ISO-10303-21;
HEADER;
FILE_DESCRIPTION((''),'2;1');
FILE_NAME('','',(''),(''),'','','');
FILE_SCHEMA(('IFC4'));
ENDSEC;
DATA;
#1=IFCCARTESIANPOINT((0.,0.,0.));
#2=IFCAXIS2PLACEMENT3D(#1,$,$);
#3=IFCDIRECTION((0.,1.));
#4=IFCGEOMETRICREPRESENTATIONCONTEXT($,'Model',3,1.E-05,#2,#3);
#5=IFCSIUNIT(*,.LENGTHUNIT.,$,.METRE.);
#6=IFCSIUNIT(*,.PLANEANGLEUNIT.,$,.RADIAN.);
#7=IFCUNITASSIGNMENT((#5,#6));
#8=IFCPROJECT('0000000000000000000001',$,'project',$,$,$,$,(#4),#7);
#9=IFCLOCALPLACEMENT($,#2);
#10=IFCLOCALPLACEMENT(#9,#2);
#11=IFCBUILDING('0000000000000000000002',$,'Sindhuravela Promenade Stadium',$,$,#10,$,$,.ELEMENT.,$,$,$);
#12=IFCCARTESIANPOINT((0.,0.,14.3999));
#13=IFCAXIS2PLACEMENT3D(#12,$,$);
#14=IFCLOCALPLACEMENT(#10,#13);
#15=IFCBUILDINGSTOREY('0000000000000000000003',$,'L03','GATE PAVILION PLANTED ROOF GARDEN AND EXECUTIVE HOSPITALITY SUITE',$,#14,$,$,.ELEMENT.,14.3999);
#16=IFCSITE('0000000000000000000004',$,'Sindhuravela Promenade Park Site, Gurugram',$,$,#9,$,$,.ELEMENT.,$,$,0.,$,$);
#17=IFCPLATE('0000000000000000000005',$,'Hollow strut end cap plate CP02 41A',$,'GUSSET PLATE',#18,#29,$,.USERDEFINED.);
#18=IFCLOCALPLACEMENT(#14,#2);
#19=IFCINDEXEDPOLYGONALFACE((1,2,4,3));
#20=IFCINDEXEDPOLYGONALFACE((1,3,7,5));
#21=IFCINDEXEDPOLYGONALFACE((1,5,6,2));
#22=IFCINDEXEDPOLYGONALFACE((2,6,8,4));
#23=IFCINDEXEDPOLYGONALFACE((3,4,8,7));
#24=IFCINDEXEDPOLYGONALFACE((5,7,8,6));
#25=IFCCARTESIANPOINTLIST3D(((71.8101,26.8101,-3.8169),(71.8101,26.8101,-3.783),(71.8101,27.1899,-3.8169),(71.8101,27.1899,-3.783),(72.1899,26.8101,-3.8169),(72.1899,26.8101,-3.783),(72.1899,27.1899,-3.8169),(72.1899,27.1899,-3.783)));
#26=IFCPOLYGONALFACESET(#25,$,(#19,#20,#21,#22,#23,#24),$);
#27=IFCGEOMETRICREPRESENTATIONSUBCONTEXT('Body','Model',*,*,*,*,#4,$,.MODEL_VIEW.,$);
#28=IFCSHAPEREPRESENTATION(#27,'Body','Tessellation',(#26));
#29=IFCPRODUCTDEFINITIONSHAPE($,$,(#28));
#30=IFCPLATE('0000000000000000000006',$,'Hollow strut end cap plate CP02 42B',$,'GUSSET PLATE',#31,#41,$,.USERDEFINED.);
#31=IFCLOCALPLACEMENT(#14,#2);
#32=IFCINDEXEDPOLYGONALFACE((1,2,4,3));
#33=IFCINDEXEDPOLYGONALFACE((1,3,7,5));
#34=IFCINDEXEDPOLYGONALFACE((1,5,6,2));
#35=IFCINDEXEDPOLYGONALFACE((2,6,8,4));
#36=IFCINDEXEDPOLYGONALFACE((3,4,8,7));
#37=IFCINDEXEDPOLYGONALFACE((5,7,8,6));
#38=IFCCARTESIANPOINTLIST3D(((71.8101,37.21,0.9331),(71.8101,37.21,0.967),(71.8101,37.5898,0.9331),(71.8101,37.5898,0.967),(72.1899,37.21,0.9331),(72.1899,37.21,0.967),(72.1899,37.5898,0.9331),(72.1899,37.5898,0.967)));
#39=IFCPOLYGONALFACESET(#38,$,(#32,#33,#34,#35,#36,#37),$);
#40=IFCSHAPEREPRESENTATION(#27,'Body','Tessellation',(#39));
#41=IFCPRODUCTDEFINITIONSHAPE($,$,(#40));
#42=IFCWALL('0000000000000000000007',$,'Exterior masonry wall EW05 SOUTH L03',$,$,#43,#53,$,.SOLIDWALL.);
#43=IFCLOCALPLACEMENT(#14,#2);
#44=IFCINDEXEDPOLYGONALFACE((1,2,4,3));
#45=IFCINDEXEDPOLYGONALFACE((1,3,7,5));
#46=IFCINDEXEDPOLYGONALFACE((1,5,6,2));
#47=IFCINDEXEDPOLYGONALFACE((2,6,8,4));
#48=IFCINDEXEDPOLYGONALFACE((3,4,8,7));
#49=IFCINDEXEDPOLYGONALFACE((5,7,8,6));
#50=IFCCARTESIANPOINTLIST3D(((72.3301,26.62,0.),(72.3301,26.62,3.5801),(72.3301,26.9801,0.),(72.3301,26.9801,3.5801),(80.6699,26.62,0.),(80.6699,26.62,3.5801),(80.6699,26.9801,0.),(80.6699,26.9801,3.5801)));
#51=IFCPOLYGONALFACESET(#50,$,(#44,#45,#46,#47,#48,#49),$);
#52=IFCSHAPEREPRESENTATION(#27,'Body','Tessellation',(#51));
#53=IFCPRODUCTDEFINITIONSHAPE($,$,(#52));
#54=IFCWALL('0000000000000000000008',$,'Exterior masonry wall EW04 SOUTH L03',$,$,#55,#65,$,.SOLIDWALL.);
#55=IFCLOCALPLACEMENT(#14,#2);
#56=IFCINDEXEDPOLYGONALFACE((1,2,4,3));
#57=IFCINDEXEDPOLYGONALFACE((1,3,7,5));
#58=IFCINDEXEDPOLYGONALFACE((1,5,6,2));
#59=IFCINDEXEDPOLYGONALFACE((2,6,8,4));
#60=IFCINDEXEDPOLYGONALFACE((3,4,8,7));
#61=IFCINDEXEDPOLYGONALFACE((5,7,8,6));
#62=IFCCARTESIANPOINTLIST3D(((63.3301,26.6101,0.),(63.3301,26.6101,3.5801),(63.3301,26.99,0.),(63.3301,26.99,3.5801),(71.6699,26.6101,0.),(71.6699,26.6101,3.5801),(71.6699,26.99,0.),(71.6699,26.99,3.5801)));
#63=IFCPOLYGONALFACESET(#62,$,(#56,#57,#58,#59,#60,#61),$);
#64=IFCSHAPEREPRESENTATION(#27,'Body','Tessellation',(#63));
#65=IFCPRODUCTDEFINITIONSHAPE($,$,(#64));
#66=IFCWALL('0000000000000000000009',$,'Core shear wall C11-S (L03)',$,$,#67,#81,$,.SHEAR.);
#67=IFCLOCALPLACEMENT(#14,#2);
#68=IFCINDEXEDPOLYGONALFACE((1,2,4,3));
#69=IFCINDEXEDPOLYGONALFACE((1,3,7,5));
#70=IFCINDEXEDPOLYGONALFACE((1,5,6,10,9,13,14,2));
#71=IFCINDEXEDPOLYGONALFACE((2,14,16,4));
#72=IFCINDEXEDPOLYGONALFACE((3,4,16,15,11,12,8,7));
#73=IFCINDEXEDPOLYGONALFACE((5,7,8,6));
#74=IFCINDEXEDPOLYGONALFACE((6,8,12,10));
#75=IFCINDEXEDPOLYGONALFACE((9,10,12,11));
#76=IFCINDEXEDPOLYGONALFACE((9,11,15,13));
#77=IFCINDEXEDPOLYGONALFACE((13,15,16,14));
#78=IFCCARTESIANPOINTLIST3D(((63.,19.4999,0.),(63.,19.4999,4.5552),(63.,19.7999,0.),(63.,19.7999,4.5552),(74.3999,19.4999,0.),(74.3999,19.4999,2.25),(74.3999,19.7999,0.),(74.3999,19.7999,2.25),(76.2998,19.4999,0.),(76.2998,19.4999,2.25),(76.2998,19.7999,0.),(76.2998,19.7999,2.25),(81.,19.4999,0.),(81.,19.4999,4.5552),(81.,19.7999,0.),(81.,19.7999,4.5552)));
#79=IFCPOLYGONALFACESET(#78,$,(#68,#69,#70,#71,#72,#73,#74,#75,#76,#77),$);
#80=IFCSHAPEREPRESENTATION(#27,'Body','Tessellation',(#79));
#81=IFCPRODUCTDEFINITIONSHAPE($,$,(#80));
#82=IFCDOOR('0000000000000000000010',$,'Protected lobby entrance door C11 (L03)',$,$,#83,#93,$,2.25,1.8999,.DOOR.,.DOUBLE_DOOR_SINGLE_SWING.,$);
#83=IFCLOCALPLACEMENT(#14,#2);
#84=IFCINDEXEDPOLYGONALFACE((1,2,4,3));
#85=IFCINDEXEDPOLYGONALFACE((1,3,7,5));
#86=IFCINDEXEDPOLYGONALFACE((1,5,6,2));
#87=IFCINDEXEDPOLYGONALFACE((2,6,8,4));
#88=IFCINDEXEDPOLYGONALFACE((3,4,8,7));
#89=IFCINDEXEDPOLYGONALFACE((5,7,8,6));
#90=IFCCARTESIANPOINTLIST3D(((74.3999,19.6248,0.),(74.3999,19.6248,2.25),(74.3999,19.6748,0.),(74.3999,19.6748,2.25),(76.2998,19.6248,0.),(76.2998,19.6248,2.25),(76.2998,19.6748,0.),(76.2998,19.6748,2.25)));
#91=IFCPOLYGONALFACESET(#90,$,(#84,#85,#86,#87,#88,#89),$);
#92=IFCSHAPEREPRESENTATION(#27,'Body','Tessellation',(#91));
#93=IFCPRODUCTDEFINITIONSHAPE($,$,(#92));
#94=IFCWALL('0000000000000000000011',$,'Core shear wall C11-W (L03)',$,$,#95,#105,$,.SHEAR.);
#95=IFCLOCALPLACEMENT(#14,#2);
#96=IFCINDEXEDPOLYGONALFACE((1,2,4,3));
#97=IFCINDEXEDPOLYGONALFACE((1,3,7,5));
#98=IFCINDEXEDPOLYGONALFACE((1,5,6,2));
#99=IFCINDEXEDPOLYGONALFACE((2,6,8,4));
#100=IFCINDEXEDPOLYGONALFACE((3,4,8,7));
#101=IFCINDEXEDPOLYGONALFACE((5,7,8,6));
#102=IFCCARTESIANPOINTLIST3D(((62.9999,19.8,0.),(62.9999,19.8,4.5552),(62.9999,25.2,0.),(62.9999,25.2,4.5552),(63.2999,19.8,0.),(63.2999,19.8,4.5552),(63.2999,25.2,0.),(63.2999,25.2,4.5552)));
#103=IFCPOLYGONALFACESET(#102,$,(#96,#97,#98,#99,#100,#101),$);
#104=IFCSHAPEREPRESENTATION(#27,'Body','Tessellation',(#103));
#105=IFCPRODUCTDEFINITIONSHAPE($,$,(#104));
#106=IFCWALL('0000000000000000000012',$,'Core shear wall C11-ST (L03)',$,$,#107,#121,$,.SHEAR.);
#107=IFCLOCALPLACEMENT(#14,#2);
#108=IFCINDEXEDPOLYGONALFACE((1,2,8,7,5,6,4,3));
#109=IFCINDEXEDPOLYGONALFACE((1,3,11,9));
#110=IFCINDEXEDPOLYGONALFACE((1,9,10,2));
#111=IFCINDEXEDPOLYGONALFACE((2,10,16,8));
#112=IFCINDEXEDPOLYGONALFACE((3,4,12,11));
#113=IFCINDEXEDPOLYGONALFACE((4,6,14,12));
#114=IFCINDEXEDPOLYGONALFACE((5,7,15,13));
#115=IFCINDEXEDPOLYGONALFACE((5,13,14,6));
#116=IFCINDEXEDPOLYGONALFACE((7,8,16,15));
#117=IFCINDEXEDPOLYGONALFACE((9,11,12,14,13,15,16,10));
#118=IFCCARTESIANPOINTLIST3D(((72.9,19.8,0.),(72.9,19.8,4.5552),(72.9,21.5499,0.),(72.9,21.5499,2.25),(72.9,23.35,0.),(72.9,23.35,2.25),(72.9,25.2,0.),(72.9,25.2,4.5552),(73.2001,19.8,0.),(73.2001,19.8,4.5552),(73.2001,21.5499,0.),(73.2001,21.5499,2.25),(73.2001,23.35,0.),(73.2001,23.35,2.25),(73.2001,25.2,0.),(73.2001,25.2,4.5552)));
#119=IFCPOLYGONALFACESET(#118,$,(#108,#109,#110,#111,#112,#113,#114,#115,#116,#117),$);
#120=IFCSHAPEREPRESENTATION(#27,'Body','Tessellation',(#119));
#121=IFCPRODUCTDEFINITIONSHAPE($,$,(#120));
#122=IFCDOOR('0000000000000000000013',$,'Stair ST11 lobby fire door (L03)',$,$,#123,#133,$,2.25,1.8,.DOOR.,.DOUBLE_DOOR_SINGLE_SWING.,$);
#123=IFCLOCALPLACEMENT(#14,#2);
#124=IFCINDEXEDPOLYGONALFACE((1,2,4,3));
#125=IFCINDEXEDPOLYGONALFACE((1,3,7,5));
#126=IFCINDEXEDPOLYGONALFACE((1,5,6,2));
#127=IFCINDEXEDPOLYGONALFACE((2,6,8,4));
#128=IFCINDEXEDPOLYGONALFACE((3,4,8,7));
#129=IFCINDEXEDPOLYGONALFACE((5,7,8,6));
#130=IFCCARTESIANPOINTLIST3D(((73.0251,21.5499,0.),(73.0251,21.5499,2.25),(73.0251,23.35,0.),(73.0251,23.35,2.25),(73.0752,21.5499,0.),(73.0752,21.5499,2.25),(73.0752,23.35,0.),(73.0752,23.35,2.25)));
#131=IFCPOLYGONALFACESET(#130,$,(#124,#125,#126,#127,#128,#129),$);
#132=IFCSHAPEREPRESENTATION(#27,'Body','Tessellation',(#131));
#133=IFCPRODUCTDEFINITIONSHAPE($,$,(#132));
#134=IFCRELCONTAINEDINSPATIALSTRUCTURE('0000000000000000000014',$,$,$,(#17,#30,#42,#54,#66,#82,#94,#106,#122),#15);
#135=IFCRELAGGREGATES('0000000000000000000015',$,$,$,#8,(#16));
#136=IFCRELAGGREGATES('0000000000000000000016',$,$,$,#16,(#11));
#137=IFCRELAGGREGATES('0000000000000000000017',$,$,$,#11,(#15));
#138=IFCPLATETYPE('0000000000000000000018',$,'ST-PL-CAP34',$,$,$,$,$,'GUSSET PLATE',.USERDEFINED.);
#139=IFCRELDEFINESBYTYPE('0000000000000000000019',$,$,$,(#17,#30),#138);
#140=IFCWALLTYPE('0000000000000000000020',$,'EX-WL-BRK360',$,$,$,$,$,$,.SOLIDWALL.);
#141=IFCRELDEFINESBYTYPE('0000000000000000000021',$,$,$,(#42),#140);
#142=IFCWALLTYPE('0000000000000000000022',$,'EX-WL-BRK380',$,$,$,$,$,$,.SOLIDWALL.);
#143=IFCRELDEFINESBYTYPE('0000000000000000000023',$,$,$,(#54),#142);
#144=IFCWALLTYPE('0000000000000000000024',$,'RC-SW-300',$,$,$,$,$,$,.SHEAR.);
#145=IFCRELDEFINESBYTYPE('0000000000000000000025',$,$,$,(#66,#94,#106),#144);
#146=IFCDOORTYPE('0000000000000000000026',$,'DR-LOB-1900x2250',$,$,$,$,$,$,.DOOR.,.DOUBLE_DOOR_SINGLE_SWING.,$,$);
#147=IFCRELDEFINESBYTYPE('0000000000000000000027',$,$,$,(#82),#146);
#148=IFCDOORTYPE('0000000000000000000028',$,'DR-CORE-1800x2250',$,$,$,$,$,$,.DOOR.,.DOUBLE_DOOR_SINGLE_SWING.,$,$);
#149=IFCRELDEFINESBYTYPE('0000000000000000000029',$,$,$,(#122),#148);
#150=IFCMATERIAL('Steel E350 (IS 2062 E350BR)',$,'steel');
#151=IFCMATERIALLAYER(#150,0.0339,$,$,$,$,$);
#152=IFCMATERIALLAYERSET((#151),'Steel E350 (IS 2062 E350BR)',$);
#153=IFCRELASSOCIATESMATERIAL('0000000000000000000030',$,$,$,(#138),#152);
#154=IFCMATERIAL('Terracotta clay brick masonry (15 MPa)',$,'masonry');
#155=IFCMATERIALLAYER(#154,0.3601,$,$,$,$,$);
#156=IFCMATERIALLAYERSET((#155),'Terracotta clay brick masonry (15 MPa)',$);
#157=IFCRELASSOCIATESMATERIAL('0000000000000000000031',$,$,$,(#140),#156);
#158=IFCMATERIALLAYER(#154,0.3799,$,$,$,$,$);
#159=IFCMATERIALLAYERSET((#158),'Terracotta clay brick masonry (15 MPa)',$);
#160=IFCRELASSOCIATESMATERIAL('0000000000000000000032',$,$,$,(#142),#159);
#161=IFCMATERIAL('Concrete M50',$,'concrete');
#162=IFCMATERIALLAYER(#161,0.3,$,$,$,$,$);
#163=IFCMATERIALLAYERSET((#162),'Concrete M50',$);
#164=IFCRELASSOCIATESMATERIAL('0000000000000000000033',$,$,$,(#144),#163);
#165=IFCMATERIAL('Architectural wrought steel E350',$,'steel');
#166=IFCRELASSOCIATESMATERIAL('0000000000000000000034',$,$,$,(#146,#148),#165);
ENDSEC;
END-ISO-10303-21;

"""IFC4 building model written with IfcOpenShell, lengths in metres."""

from ifc_helpers import new_model, si_unit, direction, frame, frame_2d, origin, origin_2d, place, context, subcontext, project, spatial, rectangle, extrude, material, layer, layer_set, type_object, element, fill, save


model = new_model("IFC4")

# Units and contexts
model_context = context("Model", 3, precision=1e-05, world=origin(), true_north=direction((0.0, 1.0)))
body_context = subcontext(model_context, "Body", "Model", "MODEL_VIEW")
ifc_project = project(units=[si_unit("LENGTHUNIT", "METRE"), si_unit("PLANEANGLEUNIT", "RADIAN")], contexts=[model_context])

# Site, building, storey
site_placement = place(None, origin())
site = spatial("IfcSite", under=ifc_project, at=site_placement, Name="Sindhuravela Promenade Park Site, Gurugram", CompositionType="ELEMENT", RefElevation=0.0)
building_placement = place(site_placement, origin())
building = spatial("IfcBuilding", under=site, at=building_placement, Name="Sindhuravela Promenade Stadium", CompositionType="ELEMENT")
storey_placement = place(building_placement, frame((0.0, 0.0, 14.3999)))
storey = spatial("IfcBuildingStorey", under=building, at=storey_placement, Name="L03", Description="GATE PAVILION PLANTED ROOF GARDEN AND EXECUTIVE HOSPITALITY SUITE", CompositionType="ELEMENT", Elevation=14.3999)

# Shared definitions
ifc_material_1 = material(Name="Steel E350 (IS 2062 E350BR)", Category="steel")

# Plates
ifc_layer_1 = layer(ifc_material_1, 0.0339)
ifc_layer_set_1 = layer_set([ifc_layer_1], Name="Steel E350 (IS 2062 E350BR)")
plate_type = type_object("IfcPlateType", Name="ST-PL-CAP34", ElementType="GUSSET PLATE", PredefinedType="USERDEFINED", material=ifc_layer_set_1)
for number, where, z_axis, x_axis, name in (
    (1, (72.0, 27.0, -3.8169), (0.0, 0.0, 1.0), (1.0, 0.0, 0.0), "Hollow strut end cap plate CP02 41A"),
    (2, (72.0, 37.3999, 0.9331), (0.0, 0.0, 1.0), (1.0, 0.0, 0.0), "Hollow strut end cap plate CP02 42B"),
):
    element("IfcPlate", number, at=place(storey_placement, frame(where, z_axis=z_axis, x_axis=x_axis)), inside=storey, type_object=plate_type, Name=name, ObjectType="GUSSET PLATE", PredefinedType="USERDEFINED", context=body_context, shape_type="SweptSolid", body=[
        extrude(rectangle(XDim=0.3799, YDim=0.3799, at=origin_2d()), origin(), (0.0, 0.0, 1.0), 0.0339),
    ])

# Walls
ifc_material_2 = material(Name="Terracotta clay brick masonry (15 MPa)", Category="masonry")
ifc_layer_2 = layer(ifc_material_2, 0.3601)
ifc_layer_set_2 = layer_set([ifc_layer_2], Name="Terracotta clay brick masonry (15 MPa)")
wall_type_1 = type_object("IfcWallType", Name="EX-WL-BRK360", PredefinedType="SOLIDWALL", material=ifc_layer_set_2)
wall_1_placement = place(storey_placement, frame((72.3301, 26.8, 0.0), z_axis=(0.0, 0.0, 1.0), x_axis=(1.0, 0.0, 0.0)))
element("IfcWall", 3, at=wall_1_placement, inside=storey, type_object=wall_type_1, Name="Exterior masonry wall EW05 SOUTH L03", PredefinedType="SOLIDWALL", context=body_context, shape_type="SweptSolid", body=[
    extrude(rectangle(XDim=8.3398, YDim=0.3601, at=frame_2d((4.1699, 0.0))), origin(), (0.0, 0.0, 1.0), 3.5801),
])
ifc_layer_3 = layer(ifc_material_2, 0.3799)
ifc_layer_set_3 = layer_set([ifc_layer_3], Name="Terracotta clay brick masonry (15 MPa)")
wall_type_2 = type_object("IfcWallType", Name="EX-WL-BRK380", PredefinedType="SOLIDWALL", material=ifc_layer_set_3)
wall_2_placement = place(storey_placement, frame((63.3301, 26.8, 0.0), z_axis=(0.0, 0.0, 1.0), x_axis=(1.0, 0.0, 0.0)))
element("IfcWall", 4, at=wall_2_placement, inside=storey, type_object=wall_type_2, Name="Exterior masonry wall EW04 SOUTH L03", PredefinedType="SOLIDWALL", context=body_context, shape_type="SweptSolid", body=[
    extrude(rectangle(XDim=8.3398, YDim=0.3799, at=frame_2d((4.1699, 0.0))), origin(), (0.0, 0.0, 1.0), 3.5801),
])

# Wall, opening, door
ifc_material_3 = material(Name="Concrete M50", Category="concrete")
ifc_layer_4 = layer(ifc_material_3, 0.3)
ifc_layer_set_4 = layer_set([ifc_layer_4], Name="Concrete M50")
wall_type_3 = type_object("IfcWallType", Name="RC-SW-300", PredefinedType="SHEAR", material=ifc_layer_set_4)
wall_3_placement = place(storey_placement, frame((63.0, 19.6499, 0.0), z_axis=(0.0, 0.0, 1.0), x_axis=(1.0, 0.0, 0.0)))
wall_3 = element("IfcWall", 5, at=wall_3_placement, inside=storey, type_object=wall_type_3, Name="Core shear wall C11-S (L03)", PredefinedType="SHEAR", context=body_context, shape_type="SweptSolid", body=[
    extrude(rectangle(XDim=18.0, YDim=0.3, at=frame_2d((9.0, 0.0))), origin(), (0.0, 0.0, 1.0), 4.5552),
])
opening_1_placement = place(wall_3_placement, frame((11.3999, 0.0, 0.0)))
opening_1 = element("IfcOpeningElement", 6, at=opening_1_placement, cuts=wall_3, PredefinedType="OPENING", context=body_context, shape_type="SweptSolid", body=[
    extrude(rectangle(XDim=1.8999, YDim=2.25, at=frame_2d((0.95, 1.125))), frame((0.0, 0.1599, 0.0), z_axis=(0.0, -1.0, 0.0), x_axis=(1.0, 0.0, 0.0)), (0.0, 0.0, 1.0), 0.3201),
])
ifc_material_4 = material(Name="Architectural wrought steel E350", Category="steel")
door_type_1 = type_object("IfcDoorType", Name="DR-LOB-1900x2250", OperationType="DOUBLE_DOOR_SINGLE_SWING", PredefinedType="DOOR", material=ifc_material_4)
door_1_placement = place(opening_1_placement, origin())
door_1 = element("IfcDoor", 7, at=door_1_placement, inside=storey, type_object=door_type_1, Name="Protected lobby entrance door C11 (L03)", OperationType="DOUBLE_DOOR_SINGLE_SWING", OverallHeight=2.25, OverallWidth=1.8999, PredefinedType="DOOR", context=body_context, shape_type="SweptSolid", body=[
    extrude(rectangle(XDim=1.8999, YDim=2.25, at=frame_2d((0.95, 1.125))), frame((0.0, 0.0249, 0.0), z_axis=(0.0, -1.0, 0.0), x_axis=(1.0, 0.0, 0.0)), (0.0, 0.0, 1.0), 0.05),
])
fill(opening_1, door_1)

# Wall
wall_4_placement = place(storey_placement, frame((63.1499, 25.2, 0.0), z_axis=(0.0, 0.0, 1.0), x_axis=(0.0, -1.0, 0.0)))
element("IfcWall", 8, at=wall_4_placement, inside=storey, type_object=wall_type_3, Name="Core shear wall C11-W (L03)", PredefinedType="SHEAR", context=body_context, shape_type="SweptSolid", body=[
    extrude(rectangle(XDim=5.3999, YDim=0.3, at=frame_2d((2.7, 0.0))), origin(), (0.0, 0.0, 1.0), 4.5552),
])

# Wall, opening, door
wall_5_placement = place(storey_placement, frame((73.05, 19.8, 0.0), z_axis=(0.0, 0.0, 1.0), x_axis=(0.0, 1.0, 0.0)))
wall_5 = element("IfcWall", 9, at=wall_5_placement, inside=storey, type_object=wall_type_3, Name="Core shear wall C11-ST (L03)", PredefinedType="SHEAR", context=body_context, shape_type="SweptSolid", body=[
    extrude(rectangle(XDim=5.3999, YDim=0.3, at=frame_2d((2.7, 0.0))), origin(), (0.0, 0.0, 1.0), 4.5552),
])
opening_2_placement = place(wall_5_placement, frame((1.75, 0.0, 0.0)))
opening_2 = element("IfcOpeningElement", 10, at=opening_2_placement, cuts=wall_5, PredefinedType="OPENING", context=body_context, shape_type="SweptSolid", body=[
    extrude(rectangle(XDim=1.8, YDim=2.25, at=frame_2d((0.8999, 1.125))), frame((0.0, 0.1599, 0.0), z_axis=(0.0, -1.0, 0.0), x_axis=(1.0, 0.0, 0.0)), (0.0, 0.0, 1.0), 0.3201),
])
door_type_2 = type_object("IfcDoorType", Name="DR-CORE-1800x2250", OperationType="DOUBLE_DOOR_SINGLE_SWING", PredefinedType="DOOR", material=ifc_material_4)
door_2_placement = place(opening_2_placement, origin())
door_2 = element("IfcDoor", 11, at=door_2_placement, inside=storey, type_object=door_type_2, Name="Stair ST11 lobby fire door (L03)", OperationType="DOUBLE_DOOR_SINGLE_SWING", OverallHeight=2.25, OverallWidth=1.8, PredefinedType="DOOR", context=body_context, shape_type="SweptSolid", body=[
    extrude(rectangle(XDim=1.8, YDim=2.25, at=frame_2d((0.8999, 1.125))), frame((0.0, 0.0249, 0.0), z_axis=(0.0, -1.0, 0.0), x_axis=(1.0, 0.0, 0.0)), (0.0, 0.0, 1.0), 0.05),
])
fill(opening_2, door_2)

save(model, "model.ifc")
